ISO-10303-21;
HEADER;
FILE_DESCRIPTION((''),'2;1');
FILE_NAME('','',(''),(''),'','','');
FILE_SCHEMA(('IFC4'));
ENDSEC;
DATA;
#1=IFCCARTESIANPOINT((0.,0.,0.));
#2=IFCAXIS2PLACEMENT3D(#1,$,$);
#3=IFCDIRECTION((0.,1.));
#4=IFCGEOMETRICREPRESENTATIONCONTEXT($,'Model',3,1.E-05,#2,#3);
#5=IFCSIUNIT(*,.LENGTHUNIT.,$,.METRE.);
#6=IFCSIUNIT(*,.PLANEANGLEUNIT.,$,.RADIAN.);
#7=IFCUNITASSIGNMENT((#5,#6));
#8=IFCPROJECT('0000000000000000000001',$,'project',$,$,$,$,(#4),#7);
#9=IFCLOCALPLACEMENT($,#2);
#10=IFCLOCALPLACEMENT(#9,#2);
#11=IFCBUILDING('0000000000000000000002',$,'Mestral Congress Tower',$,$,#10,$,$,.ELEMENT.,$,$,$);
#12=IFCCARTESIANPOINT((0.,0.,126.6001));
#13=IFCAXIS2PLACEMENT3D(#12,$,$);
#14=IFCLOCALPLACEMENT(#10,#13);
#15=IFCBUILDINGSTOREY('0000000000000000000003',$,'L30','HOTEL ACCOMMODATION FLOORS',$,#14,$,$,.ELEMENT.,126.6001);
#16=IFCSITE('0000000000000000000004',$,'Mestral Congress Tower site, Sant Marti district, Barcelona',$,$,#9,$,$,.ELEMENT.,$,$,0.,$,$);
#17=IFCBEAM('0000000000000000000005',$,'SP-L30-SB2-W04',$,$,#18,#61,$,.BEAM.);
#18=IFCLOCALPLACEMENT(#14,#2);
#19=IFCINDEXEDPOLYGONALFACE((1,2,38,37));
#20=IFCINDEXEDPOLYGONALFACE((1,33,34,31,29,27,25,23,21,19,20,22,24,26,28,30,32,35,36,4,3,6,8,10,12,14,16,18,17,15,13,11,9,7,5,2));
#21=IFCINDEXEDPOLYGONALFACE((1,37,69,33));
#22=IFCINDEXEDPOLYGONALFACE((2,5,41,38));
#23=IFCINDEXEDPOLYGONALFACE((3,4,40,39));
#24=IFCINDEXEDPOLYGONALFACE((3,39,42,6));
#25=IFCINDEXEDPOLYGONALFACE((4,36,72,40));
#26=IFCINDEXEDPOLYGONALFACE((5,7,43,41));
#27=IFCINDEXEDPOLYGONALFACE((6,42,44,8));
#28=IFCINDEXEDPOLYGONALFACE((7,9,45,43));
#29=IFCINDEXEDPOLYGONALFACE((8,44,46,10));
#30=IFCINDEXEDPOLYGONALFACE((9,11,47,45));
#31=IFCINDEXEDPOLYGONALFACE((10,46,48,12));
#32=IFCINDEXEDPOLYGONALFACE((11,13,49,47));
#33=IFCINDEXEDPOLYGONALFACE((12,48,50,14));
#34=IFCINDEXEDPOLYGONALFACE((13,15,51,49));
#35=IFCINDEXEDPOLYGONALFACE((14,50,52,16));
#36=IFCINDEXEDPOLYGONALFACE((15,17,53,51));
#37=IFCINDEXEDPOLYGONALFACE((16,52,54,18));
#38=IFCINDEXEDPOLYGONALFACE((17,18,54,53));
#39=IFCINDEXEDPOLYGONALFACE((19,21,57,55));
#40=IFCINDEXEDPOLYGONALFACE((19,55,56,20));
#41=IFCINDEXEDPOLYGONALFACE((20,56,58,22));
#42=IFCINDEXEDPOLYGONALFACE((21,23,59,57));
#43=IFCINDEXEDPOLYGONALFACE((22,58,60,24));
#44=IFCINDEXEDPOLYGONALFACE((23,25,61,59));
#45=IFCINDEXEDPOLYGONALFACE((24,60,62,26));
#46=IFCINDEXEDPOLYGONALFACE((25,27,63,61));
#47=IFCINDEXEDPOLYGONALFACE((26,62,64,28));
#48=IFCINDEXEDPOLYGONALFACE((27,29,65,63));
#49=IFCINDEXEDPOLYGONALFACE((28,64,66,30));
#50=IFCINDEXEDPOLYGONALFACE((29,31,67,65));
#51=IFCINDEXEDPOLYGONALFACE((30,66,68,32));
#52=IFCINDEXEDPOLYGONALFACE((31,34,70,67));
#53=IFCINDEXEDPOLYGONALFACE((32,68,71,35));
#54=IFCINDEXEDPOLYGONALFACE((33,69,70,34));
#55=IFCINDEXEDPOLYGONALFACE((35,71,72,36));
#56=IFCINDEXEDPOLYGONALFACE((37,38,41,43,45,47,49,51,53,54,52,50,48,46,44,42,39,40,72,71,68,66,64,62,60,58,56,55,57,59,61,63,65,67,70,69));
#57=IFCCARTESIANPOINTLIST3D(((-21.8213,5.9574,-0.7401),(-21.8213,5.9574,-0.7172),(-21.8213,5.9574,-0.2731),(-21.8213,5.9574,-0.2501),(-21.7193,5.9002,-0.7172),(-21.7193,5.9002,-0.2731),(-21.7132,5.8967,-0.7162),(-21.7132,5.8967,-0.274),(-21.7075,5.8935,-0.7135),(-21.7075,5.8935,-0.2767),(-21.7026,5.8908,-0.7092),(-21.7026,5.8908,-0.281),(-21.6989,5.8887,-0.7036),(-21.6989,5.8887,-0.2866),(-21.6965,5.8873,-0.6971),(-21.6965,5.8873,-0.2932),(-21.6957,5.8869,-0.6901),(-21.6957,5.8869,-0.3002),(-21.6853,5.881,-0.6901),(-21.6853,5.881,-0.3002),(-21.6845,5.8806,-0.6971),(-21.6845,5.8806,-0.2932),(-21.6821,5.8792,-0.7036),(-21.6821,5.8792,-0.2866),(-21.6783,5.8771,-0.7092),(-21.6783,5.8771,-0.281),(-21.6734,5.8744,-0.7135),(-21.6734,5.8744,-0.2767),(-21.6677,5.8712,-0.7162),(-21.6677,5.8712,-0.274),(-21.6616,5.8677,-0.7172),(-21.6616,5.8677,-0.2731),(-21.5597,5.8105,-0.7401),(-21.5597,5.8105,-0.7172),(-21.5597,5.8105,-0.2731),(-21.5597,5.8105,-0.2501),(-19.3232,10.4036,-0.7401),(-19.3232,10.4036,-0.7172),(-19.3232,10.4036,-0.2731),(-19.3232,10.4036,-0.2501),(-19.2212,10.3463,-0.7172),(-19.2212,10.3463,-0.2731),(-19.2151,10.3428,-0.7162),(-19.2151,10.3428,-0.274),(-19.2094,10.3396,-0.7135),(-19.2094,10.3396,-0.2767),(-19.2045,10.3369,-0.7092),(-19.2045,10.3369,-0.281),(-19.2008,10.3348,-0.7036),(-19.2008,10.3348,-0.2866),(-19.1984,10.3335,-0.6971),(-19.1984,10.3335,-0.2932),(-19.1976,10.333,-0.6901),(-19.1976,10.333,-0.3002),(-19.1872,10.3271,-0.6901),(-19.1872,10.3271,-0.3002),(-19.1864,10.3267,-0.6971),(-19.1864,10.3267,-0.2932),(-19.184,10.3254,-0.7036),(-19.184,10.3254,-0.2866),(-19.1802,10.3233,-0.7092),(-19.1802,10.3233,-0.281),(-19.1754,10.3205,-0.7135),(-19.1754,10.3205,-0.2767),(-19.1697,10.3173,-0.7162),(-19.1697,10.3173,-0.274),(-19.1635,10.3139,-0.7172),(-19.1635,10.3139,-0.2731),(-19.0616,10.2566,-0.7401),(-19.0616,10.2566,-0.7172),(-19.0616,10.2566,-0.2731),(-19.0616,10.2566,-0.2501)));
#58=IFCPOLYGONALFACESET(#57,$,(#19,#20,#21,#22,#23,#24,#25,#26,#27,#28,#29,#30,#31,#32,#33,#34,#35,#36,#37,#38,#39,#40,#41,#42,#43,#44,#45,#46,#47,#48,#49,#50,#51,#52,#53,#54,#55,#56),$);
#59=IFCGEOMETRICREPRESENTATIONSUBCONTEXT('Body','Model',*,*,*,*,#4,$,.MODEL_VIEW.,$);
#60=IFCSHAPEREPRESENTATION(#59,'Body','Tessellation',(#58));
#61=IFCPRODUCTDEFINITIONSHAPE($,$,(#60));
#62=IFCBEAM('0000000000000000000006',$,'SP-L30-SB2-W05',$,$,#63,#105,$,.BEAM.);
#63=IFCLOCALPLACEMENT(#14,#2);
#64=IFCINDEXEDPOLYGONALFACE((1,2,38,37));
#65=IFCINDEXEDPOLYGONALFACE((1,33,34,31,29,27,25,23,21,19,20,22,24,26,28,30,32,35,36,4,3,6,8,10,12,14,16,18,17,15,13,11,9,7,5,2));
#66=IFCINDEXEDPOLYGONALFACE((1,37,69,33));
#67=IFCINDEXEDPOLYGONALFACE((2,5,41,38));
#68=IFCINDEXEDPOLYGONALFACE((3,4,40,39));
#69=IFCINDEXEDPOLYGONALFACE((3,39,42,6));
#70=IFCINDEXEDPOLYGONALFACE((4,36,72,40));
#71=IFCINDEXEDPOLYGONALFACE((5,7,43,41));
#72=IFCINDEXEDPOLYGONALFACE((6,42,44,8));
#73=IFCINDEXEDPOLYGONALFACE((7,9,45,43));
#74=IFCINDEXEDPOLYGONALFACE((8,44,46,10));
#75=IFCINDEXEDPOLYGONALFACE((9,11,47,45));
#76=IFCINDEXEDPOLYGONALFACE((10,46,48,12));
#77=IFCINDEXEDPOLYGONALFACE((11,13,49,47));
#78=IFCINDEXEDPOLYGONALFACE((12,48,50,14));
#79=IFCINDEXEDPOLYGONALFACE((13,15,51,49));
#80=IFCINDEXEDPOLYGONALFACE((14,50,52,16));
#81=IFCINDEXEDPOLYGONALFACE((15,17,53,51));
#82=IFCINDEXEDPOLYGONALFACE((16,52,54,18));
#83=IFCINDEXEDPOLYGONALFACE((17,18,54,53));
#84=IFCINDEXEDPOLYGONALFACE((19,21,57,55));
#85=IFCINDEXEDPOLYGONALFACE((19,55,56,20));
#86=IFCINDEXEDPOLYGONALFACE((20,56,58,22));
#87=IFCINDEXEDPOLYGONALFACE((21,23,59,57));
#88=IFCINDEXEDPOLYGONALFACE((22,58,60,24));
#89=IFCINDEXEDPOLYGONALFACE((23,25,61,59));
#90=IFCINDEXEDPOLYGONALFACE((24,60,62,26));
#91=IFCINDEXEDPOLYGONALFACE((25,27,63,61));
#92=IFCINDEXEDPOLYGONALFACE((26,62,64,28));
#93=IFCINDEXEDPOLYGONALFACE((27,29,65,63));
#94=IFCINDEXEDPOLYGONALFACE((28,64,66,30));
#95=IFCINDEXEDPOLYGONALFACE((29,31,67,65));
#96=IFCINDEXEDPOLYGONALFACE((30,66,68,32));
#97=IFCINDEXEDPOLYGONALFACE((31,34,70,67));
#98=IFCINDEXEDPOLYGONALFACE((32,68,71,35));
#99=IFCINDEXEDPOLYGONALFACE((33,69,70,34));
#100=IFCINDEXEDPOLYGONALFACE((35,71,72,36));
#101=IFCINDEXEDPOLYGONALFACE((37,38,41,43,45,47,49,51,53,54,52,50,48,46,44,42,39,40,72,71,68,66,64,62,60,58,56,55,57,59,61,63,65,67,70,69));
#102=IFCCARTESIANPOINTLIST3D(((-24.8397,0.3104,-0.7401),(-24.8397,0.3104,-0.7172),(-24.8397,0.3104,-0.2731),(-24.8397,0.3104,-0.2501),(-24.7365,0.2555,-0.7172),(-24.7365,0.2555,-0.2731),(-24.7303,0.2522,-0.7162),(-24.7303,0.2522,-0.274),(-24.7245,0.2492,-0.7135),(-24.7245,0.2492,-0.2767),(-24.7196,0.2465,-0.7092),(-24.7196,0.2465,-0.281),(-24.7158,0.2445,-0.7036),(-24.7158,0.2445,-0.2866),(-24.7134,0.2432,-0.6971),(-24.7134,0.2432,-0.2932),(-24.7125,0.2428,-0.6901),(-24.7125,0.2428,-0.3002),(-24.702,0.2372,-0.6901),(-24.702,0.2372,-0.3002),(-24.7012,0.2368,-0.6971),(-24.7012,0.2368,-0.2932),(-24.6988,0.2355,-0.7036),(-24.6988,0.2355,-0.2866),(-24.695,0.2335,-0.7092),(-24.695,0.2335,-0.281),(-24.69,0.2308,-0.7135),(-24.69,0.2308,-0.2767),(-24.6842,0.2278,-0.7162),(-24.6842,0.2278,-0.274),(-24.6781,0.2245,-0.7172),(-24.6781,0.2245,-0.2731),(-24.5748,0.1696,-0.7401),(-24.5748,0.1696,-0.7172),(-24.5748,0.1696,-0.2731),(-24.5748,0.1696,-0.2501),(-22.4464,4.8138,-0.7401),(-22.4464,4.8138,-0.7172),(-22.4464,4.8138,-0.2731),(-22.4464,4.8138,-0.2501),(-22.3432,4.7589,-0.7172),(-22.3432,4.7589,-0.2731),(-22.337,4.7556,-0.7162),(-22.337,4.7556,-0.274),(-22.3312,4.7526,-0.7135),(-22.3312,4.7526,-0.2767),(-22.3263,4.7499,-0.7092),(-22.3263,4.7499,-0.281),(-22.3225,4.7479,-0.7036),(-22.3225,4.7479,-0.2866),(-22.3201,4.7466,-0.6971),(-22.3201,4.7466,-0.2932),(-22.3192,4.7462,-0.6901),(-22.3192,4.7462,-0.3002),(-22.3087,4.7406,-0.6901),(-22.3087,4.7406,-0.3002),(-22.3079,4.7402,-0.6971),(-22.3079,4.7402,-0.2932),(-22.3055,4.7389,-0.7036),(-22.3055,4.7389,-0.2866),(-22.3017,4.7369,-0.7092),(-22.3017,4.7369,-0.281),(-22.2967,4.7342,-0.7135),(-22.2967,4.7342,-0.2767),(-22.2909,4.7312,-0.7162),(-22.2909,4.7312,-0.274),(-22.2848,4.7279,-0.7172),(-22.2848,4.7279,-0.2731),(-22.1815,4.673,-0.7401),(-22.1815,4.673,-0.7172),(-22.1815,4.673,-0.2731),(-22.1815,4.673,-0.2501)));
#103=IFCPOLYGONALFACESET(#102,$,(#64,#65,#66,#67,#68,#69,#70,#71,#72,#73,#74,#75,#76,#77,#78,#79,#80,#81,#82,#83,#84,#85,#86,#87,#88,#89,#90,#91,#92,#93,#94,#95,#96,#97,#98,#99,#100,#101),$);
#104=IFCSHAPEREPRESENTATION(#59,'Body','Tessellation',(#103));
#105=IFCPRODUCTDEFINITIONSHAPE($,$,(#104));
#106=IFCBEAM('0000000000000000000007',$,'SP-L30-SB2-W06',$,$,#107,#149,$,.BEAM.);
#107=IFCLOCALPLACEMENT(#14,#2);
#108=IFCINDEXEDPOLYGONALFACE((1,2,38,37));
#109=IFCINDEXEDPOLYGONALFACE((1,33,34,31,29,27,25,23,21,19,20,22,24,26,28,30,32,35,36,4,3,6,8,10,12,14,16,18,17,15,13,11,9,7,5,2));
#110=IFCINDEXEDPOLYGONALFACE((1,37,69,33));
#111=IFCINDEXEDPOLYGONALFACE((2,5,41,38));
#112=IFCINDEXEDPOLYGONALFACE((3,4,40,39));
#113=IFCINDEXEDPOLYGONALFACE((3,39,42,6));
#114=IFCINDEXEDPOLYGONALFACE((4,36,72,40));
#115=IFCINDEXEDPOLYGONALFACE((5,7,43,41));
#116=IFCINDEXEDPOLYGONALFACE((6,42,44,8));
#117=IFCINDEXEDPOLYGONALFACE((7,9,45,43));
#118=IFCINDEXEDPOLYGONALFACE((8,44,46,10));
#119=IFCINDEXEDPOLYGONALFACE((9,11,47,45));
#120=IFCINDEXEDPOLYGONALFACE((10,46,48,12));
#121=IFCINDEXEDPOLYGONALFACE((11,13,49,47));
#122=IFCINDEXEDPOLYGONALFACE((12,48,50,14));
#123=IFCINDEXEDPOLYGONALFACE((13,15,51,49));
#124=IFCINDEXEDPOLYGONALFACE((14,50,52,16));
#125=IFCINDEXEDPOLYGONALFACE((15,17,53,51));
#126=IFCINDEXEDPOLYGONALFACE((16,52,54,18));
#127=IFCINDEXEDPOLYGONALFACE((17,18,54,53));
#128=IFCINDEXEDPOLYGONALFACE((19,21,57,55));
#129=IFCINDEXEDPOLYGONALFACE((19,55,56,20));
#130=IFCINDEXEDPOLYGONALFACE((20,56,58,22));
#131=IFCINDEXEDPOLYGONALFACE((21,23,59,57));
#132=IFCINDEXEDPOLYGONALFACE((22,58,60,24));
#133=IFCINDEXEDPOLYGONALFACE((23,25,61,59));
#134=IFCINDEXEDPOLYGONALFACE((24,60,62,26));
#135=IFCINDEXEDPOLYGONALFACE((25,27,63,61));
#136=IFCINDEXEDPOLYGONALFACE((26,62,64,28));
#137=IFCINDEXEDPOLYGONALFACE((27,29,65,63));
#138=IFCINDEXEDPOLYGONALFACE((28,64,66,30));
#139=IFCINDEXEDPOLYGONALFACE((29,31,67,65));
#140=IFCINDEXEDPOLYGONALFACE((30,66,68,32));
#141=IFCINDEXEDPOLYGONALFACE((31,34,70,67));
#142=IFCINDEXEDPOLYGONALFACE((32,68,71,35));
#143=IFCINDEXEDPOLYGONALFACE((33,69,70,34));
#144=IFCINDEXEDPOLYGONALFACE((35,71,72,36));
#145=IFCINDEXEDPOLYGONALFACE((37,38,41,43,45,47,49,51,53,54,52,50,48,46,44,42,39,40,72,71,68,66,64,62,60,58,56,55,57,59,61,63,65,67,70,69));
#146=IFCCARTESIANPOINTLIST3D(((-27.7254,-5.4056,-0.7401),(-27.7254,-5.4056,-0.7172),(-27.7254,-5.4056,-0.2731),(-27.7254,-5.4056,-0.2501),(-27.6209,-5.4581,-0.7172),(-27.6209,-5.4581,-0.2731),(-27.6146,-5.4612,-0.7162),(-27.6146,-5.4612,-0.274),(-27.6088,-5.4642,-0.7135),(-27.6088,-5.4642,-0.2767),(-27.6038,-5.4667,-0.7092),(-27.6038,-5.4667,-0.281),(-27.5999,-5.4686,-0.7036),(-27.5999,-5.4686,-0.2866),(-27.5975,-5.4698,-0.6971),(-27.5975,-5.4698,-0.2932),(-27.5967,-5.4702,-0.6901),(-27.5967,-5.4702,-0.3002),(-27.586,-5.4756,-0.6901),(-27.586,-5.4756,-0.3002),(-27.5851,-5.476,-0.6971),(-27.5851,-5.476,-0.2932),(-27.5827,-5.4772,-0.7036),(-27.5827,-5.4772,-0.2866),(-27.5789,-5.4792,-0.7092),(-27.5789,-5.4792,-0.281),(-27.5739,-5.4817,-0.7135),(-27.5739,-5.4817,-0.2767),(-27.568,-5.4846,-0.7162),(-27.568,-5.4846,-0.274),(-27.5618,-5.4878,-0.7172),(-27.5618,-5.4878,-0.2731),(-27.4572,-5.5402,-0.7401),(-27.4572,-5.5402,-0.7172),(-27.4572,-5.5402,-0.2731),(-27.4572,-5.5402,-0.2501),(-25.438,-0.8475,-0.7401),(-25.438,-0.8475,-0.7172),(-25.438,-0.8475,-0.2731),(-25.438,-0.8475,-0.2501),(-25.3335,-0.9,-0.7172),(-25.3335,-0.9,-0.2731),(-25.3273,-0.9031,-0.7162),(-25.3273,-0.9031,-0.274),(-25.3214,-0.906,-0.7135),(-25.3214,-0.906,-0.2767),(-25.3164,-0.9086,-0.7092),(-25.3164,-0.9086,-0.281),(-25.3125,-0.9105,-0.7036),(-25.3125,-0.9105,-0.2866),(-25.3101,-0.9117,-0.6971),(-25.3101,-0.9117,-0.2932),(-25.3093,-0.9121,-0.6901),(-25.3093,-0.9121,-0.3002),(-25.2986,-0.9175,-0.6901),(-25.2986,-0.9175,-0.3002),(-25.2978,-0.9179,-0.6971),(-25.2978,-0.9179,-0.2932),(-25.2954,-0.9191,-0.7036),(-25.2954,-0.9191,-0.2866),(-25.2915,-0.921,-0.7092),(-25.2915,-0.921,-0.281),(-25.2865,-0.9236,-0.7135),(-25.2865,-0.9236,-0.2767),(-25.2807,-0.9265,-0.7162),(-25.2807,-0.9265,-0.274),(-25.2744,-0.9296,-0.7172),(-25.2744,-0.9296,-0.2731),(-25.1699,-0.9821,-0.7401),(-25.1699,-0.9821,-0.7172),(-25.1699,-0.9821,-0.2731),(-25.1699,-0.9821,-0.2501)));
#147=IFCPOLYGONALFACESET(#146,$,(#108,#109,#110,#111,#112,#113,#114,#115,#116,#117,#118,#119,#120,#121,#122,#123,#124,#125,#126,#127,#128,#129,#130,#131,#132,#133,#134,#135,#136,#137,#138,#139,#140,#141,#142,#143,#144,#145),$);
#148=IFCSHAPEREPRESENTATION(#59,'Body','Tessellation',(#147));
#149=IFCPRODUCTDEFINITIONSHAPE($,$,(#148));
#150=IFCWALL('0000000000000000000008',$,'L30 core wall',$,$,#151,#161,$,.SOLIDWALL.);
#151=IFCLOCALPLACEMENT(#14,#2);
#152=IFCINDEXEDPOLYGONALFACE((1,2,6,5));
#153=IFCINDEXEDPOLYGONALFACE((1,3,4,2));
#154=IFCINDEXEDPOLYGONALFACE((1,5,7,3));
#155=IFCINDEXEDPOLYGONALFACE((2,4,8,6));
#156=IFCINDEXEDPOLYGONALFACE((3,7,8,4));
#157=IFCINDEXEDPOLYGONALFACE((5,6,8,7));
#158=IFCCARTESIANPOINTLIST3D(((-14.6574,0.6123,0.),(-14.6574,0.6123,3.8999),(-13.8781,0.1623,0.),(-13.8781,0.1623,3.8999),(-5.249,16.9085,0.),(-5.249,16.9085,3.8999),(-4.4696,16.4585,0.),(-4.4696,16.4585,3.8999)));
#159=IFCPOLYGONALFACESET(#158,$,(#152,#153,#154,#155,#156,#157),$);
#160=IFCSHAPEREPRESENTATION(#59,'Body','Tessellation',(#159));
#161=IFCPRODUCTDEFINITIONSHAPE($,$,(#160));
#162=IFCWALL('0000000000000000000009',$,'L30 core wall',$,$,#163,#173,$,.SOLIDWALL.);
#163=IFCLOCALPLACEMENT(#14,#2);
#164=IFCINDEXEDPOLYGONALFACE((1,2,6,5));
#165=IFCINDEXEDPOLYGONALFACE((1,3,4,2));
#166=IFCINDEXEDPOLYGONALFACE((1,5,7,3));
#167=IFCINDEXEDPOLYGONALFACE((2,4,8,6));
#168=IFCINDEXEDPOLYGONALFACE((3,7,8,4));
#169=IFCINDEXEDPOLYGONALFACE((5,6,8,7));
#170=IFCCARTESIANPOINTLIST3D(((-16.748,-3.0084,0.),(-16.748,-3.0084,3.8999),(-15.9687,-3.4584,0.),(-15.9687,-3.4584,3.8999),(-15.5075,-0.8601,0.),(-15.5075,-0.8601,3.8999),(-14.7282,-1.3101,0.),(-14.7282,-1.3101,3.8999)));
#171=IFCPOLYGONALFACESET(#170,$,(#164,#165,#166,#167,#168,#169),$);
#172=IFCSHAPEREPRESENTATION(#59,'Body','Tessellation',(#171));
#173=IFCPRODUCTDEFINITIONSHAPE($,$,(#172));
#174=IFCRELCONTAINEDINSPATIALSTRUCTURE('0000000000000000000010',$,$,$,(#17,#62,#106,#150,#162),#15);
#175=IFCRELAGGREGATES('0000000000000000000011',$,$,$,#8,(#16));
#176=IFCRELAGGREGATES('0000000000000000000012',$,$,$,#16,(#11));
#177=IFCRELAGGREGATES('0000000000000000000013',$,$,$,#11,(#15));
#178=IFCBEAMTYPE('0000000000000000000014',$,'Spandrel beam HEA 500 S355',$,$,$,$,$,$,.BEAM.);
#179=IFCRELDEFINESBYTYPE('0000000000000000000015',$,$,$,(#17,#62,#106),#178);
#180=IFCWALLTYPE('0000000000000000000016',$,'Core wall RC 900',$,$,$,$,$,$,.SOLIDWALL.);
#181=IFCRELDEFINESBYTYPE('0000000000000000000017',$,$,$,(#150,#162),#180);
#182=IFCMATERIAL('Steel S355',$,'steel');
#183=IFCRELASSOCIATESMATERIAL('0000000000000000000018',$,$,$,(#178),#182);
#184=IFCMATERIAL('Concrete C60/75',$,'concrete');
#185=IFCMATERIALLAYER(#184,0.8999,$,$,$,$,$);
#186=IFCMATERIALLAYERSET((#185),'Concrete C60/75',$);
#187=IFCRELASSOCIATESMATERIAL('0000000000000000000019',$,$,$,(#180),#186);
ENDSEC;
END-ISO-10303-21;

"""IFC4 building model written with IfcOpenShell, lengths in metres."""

from ifc_helpers import new_model, si_unit, direction, frame, frame_2d, origin, origin_2d, place, context, subcontext, project, spatial, rectangle, i_section, extrude, material, layer, layer_set, material_profile, profile_set, type_object, element, save


model = new_model("IFC4")

# Units and contexts
model_context = context("Model", 3, precision=1e-05, world=origin(), true_north=direction((0.0, 1.0)))
body_context = subcontext(model_context, "Body", "Model", "MODEL_VIEW")
ifc_project = project(units=[si_unit("LENGTHUNIT", "METRE"), si_unit("PLANEANGLEUNIT", "RADIAN")], contexts=[model_context])

# Site, building, storey
site_placement = place(None, origin())
site = spatial("IfcSite", under=ifc_project, at=site_placement, Name="Mestral Congress Tower site, Sant Marti district, Barcelona", CompositionType="ELEMENT", RefElevation=0.0)
building_placement = place(site_placement, origin())
building = spatial("IfcBuilding", under=site, at=building_placement, Name="Mestral Congress Tower", CompositionType="ELEMENT")
storey_placement = place(building_placement, frame((0.0, 0.0, 126.6001)))
storey = spatial("IfcBuildingStorey", under=building, at=storey_placement, Name="L30", Description="HOTEL ACCOMMODATION FLOORS", CompositionType="ELEMENT", Elevation=126.6001)

# Beams
ifc_material_1 = material(Name="Steel S355", Category="steel")
ifc_material_profile_1 = material_profile(ifc_material_1, i_section(OverallWidth=0.3, OverallDepth=0.49, WebThickness=0.012, FlangeThickness=0.0229, FilletRadius=0.0271, at=origin_2d()), Name="HEA 500")
ifc_profile_set_1 = profile_set([ifc_material_profile_1], Name="Steel S355")
beam_type_1 = type_object("IfcBeamType", Name="Spandrel beam HEA 500 S355", PredefinedType="BEAM", material=ifc_profile_set_1)
for number, where, z_axis, x_axis, name in (
    (1, (-19.1924, 10.3301, -0.4951), (-0.489836, -0.871815, 0.0), (0.871815, -0.489836, 0.0), "SP-L30-SB2-W04"),
    (2, (-22.314, 4.7434, -0.4951), (-0.469288, -0.883045, 0.0), (0.883045, -0.469288, 0.0), "SP-L30-SB2-W05"),
    (3, (-25.304, -0.9148, -0.4951), (-0.448515, -0.893775, 0.0), (0.893775, -0.448515, 0.0), "SP-L30-SB2-W06"),
):
    element("IfcBeam", number, at=place(storey_placement, frame(where, z_axis=z_axis, x_axis=x_axis)), inside=storey, type_object=beam_type_1, Name=name, PredefinedType="BEAM", context=body_context, shape_type="SweptSolid", body=[
        extrude(i_section(OverallWidth=0.3, OverallDepth=0.49, WebThickness=0.012, FlangeThickness=0.0229, FilletRadius=0.0271, at=origin_2d()), origin(), (0.0, 0.0, 1.0), 5.0999),
    ])

# Walls
ifc_material_2 = material(Name="Concrete C60/75", Category="concrete")
ifc_layer_1 = layer(ifc_material_2, 0.8999)
ifc_layer_set_1 = layer_set([ifc_layer_1], Name="Concrete C60/75")
wall_type_1 = type_object("IfcWallType", Name="Core wall RC 900", PredefinedType="SOLIDWALL", material=ifc_layer_set_1)
wall_1_placement = place(storey_placement, frame((-14.2678, 0.3872, 0.0), z_axis=(0.0, 0.0, 1.0), x_axis=(0.499995, 0.866029, 0.0)))
element("IfcWall", 4, at=wall_1_placement, inside=storey, type_object=wall_type_1, Name="L30 core wall", PredefinedType="SOLIDWALL", context=body_context, shape_type="SweptSolid", body=[
    extrude(rectangle(XDim=18.8171, YDim=0.8999, at=frame_2d((9.4087, 0.0))), origin(), (0.0, 0.0, 1.0), 3.8999),
])
wall_2_placement = place(storey_placement, frame((-15.1179, -1.0852, 0.0), z_axis=(0.0, 0.0, 1.0), x_axis=(-0.500066, -0.865987, 0.0)))
element("IfcWall", 5, at=wall_2_placement, inside=storey, type_object=wall_type_1, Name="L30 core wall", PredefinedType="SOLIDWALL", context=body_context, shape_type="SweptSolid", body=[
    extrude(rectangle(XDim=2.4807, YDim=0.8999, at=frame_2d((1.2402, 0.0))), origin(), (0.0, 0.0, 1.0), 3.8999),
])

save(model, "model.ifc")
